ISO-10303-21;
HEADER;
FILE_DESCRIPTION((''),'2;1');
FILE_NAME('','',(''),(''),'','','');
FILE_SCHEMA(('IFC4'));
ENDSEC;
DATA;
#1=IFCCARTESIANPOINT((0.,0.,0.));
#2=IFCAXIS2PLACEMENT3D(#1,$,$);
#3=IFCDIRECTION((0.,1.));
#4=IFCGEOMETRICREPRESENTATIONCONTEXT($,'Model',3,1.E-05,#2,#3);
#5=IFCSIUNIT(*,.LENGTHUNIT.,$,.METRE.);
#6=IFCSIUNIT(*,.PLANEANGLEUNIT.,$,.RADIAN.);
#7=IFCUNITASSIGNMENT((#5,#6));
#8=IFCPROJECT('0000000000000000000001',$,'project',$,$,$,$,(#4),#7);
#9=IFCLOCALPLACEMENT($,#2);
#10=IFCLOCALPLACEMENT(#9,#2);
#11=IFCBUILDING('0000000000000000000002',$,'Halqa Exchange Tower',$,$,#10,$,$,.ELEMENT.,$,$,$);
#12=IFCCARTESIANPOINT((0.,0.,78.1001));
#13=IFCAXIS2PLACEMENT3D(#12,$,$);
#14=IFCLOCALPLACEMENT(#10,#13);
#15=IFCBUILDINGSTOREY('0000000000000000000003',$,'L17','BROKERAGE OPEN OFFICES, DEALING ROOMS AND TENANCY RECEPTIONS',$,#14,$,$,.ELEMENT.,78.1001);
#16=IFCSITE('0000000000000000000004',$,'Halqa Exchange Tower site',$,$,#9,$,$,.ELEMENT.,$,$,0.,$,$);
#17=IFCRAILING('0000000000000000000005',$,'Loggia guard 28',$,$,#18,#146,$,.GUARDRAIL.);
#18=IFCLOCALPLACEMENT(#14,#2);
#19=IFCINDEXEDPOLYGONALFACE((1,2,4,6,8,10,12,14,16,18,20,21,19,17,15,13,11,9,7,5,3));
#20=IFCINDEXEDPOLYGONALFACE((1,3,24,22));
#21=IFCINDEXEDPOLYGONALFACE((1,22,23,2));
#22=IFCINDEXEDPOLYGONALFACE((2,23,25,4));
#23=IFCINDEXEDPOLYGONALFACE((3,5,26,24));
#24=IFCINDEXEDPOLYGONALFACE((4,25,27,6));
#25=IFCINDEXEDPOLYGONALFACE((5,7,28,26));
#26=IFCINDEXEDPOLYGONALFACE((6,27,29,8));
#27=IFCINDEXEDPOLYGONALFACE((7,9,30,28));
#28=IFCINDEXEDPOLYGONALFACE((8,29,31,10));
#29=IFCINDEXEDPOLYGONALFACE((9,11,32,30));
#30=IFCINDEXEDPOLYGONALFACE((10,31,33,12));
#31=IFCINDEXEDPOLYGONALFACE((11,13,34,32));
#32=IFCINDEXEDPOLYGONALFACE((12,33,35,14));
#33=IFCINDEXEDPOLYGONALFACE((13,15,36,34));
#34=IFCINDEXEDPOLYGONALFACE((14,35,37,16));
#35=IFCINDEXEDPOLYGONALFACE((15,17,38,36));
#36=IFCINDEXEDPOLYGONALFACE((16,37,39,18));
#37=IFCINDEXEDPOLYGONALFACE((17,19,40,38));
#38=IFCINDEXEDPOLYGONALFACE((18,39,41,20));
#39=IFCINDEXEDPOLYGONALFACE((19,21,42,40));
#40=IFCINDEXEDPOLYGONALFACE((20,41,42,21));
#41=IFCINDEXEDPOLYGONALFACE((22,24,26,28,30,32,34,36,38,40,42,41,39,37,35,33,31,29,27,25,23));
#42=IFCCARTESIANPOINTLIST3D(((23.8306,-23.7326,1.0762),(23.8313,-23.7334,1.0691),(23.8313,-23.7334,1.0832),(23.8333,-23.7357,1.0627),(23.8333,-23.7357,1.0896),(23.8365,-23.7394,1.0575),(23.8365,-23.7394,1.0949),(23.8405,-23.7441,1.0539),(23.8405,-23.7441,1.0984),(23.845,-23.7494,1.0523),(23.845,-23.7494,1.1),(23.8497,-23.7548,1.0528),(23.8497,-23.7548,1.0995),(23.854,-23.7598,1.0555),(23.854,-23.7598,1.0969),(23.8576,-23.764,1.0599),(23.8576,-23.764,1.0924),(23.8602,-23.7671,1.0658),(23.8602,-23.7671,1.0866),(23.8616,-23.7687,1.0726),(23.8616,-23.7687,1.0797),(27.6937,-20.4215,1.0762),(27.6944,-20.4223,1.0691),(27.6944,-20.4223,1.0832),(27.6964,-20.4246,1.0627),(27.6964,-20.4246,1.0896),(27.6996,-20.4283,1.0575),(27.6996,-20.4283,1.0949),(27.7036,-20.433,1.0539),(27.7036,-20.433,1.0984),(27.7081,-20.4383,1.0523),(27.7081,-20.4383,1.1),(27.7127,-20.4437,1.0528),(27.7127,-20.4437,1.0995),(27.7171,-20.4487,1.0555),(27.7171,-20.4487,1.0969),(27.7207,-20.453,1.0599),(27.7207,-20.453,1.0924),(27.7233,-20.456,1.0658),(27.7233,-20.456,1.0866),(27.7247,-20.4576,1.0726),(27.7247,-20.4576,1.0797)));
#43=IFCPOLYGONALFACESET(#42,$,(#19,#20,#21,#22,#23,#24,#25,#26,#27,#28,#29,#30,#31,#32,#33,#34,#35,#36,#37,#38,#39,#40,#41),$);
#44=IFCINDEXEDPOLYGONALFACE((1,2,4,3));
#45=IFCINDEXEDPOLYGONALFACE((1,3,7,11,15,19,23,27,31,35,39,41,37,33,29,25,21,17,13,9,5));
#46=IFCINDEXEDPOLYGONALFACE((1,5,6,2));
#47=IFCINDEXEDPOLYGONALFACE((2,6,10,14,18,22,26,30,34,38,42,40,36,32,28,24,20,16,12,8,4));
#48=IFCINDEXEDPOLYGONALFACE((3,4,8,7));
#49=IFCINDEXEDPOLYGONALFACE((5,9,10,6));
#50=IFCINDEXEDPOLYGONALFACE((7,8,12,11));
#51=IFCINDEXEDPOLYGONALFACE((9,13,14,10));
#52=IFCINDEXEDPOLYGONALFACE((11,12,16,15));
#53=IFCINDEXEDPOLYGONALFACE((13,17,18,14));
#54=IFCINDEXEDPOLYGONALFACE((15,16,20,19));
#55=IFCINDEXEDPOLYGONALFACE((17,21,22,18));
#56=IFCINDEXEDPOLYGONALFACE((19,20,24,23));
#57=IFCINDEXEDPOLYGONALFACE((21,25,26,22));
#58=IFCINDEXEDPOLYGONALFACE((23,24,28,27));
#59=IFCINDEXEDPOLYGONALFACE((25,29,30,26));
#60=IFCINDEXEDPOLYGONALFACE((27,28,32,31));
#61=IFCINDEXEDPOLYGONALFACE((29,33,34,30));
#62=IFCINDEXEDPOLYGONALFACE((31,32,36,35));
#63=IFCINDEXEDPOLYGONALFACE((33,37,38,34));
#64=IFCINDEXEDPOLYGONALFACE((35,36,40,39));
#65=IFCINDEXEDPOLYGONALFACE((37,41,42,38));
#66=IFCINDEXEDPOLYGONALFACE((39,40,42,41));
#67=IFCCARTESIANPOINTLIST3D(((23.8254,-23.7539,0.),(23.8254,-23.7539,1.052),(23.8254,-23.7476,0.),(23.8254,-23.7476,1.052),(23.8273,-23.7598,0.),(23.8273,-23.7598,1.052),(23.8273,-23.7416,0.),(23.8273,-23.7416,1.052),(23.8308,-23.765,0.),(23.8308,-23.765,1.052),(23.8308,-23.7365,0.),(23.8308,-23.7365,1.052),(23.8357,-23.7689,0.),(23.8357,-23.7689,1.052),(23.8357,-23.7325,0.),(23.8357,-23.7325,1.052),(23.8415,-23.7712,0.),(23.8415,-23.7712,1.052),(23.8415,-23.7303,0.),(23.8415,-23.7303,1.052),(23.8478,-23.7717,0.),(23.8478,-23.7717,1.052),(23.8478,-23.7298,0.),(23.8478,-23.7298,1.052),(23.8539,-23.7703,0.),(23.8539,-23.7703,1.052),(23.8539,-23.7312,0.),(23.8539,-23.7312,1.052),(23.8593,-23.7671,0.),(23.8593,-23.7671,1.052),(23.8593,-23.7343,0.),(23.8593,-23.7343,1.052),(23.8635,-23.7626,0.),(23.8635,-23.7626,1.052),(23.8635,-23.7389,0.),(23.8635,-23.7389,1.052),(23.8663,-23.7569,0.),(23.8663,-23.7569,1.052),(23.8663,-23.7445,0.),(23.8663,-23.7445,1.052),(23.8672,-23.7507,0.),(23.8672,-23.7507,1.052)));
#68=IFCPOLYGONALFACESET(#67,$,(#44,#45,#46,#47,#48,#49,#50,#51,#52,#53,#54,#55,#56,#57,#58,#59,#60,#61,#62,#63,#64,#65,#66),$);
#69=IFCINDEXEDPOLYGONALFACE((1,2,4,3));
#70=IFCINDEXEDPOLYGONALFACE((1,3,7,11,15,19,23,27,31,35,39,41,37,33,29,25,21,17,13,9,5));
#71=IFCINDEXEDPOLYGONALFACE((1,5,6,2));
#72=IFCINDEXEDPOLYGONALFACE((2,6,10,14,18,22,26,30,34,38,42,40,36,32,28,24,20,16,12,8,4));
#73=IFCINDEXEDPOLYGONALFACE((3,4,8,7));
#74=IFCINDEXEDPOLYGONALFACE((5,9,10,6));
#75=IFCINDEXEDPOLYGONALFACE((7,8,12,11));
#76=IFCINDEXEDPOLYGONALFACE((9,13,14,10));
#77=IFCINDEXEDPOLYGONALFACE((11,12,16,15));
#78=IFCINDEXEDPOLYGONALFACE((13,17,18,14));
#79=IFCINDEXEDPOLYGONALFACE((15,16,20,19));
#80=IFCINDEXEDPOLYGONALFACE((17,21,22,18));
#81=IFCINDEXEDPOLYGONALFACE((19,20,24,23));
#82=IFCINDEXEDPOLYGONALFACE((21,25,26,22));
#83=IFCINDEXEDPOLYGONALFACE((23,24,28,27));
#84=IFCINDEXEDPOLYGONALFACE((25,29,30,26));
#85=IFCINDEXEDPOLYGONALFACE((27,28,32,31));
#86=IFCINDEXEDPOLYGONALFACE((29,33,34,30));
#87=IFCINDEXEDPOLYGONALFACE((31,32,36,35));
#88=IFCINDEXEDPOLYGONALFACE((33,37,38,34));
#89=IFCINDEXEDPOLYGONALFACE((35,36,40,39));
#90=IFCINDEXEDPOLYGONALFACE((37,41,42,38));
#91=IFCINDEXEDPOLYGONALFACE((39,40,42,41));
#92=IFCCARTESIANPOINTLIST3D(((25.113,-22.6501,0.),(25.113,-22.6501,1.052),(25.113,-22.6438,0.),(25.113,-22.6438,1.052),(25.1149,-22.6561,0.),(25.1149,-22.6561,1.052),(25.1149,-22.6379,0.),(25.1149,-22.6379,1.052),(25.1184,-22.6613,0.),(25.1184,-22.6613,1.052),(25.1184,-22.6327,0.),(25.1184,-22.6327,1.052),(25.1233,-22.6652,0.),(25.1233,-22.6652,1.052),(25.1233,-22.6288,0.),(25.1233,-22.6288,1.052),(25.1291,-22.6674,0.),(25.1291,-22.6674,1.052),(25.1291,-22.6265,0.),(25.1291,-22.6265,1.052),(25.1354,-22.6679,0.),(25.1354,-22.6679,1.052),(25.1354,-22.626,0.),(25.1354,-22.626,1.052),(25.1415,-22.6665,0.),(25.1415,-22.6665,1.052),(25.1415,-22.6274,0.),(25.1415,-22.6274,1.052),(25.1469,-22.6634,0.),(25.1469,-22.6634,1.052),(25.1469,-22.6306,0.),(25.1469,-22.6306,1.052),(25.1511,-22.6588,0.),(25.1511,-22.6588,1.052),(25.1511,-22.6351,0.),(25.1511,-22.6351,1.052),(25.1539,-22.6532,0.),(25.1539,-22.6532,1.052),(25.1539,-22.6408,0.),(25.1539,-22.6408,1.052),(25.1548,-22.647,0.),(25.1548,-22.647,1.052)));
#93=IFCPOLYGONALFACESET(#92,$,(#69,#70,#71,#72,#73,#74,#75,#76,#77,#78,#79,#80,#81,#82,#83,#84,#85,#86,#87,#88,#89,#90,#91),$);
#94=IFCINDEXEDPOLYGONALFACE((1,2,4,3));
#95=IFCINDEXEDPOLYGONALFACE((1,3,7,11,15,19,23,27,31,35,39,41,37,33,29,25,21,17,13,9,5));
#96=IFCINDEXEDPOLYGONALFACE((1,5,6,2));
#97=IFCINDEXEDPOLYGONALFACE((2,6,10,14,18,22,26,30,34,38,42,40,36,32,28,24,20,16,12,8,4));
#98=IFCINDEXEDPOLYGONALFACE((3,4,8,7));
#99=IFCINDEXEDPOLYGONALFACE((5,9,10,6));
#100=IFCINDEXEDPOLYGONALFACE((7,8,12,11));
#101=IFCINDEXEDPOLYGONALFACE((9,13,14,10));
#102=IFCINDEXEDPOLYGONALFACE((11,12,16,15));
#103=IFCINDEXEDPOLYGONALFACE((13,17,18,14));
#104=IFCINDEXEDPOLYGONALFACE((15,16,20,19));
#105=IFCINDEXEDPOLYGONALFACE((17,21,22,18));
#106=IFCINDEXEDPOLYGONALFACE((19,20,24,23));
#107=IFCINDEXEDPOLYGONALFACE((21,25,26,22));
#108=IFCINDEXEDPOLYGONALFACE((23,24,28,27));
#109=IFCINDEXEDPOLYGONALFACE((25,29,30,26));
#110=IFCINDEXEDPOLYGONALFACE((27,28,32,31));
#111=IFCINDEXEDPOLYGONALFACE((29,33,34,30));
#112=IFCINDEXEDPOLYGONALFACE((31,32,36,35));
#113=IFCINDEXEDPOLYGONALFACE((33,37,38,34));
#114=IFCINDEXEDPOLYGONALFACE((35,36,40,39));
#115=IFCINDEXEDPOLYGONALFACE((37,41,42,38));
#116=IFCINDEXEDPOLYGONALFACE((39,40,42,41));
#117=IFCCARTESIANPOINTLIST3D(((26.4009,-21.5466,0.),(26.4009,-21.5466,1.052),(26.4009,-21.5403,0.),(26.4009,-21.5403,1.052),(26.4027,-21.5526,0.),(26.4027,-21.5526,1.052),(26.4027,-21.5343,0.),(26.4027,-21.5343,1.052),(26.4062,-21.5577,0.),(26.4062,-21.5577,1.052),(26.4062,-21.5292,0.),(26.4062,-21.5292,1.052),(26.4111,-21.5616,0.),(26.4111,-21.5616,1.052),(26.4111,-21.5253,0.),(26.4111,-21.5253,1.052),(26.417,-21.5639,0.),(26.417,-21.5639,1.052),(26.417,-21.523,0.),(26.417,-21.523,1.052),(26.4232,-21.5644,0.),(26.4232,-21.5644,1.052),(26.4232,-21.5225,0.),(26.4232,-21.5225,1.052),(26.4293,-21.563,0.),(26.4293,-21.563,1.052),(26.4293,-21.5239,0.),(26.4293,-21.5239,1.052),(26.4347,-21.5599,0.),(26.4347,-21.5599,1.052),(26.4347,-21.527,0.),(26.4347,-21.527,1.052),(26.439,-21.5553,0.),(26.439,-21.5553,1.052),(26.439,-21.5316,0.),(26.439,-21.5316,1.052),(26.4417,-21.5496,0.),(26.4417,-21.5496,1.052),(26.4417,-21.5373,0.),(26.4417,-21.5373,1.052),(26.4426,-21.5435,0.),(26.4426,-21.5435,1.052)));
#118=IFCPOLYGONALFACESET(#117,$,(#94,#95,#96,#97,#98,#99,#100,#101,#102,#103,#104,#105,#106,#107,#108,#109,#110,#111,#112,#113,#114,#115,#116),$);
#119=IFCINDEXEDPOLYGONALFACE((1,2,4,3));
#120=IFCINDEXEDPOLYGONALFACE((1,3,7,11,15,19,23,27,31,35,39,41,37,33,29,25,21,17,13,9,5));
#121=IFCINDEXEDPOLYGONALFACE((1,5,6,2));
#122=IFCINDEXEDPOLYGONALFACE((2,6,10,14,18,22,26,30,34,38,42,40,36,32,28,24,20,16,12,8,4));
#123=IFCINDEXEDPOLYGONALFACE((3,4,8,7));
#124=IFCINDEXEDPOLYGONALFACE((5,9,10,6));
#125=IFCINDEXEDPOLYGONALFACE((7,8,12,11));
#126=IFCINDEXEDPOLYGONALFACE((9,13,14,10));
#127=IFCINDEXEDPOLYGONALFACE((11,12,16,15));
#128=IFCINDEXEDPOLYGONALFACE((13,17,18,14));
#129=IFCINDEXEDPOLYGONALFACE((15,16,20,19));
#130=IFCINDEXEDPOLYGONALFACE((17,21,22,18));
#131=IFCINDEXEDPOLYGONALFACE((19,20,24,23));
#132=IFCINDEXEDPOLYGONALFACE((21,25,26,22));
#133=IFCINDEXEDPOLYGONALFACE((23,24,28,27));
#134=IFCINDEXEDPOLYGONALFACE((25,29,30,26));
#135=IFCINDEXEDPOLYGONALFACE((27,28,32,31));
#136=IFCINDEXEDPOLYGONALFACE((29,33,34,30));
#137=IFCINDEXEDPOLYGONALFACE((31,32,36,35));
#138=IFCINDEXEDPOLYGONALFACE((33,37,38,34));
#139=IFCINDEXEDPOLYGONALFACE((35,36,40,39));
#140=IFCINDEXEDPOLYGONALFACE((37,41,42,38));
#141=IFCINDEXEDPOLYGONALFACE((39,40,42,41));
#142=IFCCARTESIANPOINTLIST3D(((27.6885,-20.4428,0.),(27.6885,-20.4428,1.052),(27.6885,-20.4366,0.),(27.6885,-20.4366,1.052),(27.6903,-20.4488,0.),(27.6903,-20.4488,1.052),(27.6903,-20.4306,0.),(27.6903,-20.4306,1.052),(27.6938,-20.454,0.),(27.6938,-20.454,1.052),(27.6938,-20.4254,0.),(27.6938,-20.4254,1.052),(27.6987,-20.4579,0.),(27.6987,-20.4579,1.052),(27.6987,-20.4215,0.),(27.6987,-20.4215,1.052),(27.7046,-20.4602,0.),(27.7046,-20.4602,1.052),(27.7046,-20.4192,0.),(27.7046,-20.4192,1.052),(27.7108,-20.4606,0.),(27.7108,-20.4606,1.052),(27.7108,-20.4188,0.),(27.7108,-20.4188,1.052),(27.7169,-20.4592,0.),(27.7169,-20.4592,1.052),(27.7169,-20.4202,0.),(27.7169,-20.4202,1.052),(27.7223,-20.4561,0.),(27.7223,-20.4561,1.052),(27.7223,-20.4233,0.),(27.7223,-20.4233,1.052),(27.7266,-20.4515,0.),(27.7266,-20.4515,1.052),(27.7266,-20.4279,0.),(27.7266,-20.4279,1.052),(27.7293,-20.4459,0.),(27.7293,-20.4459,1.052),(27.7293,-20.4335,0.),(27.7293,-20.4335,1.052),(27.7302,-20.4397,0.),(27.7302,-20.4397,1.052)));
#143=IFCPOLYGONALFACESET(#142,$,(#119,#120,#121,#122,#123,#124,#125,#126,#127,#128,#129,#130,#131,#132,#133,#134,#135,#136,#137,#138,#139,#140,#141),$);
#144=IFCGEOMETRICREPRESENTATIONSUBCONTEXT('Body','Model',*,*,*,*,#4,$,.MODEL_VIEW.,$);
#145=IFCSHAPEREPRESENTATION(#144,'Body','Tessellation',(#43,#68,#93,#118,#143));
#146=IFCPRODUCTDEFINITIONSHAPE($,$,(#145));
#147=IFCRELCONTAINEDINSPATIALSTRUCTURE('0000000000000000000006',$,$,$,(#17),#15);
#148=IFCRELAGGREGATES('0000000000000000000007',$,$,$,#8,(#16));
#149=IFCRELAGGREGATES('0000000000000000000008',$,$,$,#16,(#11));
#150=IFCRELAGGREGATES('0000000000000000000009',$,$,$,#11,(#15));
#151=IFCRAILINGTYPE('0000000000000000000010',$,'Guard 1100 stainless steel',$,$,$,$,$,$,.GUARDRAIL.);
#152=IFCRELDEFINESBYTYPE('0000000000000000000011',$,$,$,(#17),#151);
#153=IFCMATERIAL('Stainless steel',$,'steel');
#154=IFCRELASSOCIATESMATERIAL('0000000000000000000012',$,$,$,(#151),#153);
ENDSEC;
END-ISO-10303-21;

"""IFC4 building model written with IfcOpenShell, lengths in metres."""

from ifc_helpers import new_model, si_unit, direction, frame, origin, origin_2d, place, context, subcontext, project, spatial, circle, extrude, material, type_object, element, save


model = new_model("IFC4")

# Units and contexts
model_context = context("Model", 3, precision=1e-05, world=origin(), true_north=direction((0.0, 1.0)))
body_context = subcontext(model_context, "Body", "Model", "MODEL_VIEW")
ifc_project = project(units=[si_unit("LENGTHUNIT", "METRE"), si_unit("PLANEANGLEUNIT", "RADIAN")], contexts=[model_context])

# Site, building, storey
site_placement = place(None, origin())
site = spatial("IfcSite", under=ifc_project, at=site_placement, Name="Halqa Exchange Tower site", CompositionType="ELEMENT", RefElevation=0.0)
building_placement = place(site_placement, origin())
building = spatial("IfcBuilding", under=site, at=building_placement, Name="Halqa Exchange Tower", CompositionType="ELEMENT")
storey_placement = place(building_placement, frame((0.0, 0.0, 78.1001)))
storey = spatial("IfcBuildingStorey", under=building, at=storey_placement, Name="L17", Description="BROKERAGE OPEN OFFICES, DEALING ROOMS AND TENANCY RECEPTIONS", CompositionType="ELEMENT", Elevation=78.1001)

# Railing
ifc_material_1 = material(Name="Stainless steel", Category="steel")
railing_type = type_object("IfcRailingType", Name="Guard 1100 stainless steel", PredefinedType="GUARDRAIL", material=ifc_material_1)
railing_1_placement = place(storey_placement, frame((23.8462, -23.7507, 0.0)))
element("IfcRailing", 1, at=railing_1_placement, inside=storey, type_object=railing_type, Name="Loggia guard 28", PredefinedType="GUARDRAIL", context=body_context, shape_type="SweptSolid", body=[
    extrude(circle(Radius=0.0239, at=origin_2d()), frame((0.0, 0.0, 1.0762), z_axis=(0.75927, 0.650776, 0.0), x_axis=(-0.650776, 0.75927, 0.0)), (0.0, 0.0, 1.0), 5.0879),
    extrude(circle(Radius=0.021, at=origin_2d()), origin(), (0.0, 0.0, 1.0), 1.052),
    extrude(circle(Radius=0.021, at=origin_2d()), frame((1.2876, 1.1038, 0.0)), (0.0, 0.0, 1.0), 1.052),
    extrude(circle(Radius=0.021, at=origin_2d()), frame((2.5754, 2.2073, 0.0)), (0.0, 0.0, 1.0), 1.052),
    extrude(circle(Radius=0.021, at=origin_2d()), frame((3.863, 3.311, 0.0)), (0.0, 0.0, 1.0), 1.052),
])

save(model, "model.ifc")
